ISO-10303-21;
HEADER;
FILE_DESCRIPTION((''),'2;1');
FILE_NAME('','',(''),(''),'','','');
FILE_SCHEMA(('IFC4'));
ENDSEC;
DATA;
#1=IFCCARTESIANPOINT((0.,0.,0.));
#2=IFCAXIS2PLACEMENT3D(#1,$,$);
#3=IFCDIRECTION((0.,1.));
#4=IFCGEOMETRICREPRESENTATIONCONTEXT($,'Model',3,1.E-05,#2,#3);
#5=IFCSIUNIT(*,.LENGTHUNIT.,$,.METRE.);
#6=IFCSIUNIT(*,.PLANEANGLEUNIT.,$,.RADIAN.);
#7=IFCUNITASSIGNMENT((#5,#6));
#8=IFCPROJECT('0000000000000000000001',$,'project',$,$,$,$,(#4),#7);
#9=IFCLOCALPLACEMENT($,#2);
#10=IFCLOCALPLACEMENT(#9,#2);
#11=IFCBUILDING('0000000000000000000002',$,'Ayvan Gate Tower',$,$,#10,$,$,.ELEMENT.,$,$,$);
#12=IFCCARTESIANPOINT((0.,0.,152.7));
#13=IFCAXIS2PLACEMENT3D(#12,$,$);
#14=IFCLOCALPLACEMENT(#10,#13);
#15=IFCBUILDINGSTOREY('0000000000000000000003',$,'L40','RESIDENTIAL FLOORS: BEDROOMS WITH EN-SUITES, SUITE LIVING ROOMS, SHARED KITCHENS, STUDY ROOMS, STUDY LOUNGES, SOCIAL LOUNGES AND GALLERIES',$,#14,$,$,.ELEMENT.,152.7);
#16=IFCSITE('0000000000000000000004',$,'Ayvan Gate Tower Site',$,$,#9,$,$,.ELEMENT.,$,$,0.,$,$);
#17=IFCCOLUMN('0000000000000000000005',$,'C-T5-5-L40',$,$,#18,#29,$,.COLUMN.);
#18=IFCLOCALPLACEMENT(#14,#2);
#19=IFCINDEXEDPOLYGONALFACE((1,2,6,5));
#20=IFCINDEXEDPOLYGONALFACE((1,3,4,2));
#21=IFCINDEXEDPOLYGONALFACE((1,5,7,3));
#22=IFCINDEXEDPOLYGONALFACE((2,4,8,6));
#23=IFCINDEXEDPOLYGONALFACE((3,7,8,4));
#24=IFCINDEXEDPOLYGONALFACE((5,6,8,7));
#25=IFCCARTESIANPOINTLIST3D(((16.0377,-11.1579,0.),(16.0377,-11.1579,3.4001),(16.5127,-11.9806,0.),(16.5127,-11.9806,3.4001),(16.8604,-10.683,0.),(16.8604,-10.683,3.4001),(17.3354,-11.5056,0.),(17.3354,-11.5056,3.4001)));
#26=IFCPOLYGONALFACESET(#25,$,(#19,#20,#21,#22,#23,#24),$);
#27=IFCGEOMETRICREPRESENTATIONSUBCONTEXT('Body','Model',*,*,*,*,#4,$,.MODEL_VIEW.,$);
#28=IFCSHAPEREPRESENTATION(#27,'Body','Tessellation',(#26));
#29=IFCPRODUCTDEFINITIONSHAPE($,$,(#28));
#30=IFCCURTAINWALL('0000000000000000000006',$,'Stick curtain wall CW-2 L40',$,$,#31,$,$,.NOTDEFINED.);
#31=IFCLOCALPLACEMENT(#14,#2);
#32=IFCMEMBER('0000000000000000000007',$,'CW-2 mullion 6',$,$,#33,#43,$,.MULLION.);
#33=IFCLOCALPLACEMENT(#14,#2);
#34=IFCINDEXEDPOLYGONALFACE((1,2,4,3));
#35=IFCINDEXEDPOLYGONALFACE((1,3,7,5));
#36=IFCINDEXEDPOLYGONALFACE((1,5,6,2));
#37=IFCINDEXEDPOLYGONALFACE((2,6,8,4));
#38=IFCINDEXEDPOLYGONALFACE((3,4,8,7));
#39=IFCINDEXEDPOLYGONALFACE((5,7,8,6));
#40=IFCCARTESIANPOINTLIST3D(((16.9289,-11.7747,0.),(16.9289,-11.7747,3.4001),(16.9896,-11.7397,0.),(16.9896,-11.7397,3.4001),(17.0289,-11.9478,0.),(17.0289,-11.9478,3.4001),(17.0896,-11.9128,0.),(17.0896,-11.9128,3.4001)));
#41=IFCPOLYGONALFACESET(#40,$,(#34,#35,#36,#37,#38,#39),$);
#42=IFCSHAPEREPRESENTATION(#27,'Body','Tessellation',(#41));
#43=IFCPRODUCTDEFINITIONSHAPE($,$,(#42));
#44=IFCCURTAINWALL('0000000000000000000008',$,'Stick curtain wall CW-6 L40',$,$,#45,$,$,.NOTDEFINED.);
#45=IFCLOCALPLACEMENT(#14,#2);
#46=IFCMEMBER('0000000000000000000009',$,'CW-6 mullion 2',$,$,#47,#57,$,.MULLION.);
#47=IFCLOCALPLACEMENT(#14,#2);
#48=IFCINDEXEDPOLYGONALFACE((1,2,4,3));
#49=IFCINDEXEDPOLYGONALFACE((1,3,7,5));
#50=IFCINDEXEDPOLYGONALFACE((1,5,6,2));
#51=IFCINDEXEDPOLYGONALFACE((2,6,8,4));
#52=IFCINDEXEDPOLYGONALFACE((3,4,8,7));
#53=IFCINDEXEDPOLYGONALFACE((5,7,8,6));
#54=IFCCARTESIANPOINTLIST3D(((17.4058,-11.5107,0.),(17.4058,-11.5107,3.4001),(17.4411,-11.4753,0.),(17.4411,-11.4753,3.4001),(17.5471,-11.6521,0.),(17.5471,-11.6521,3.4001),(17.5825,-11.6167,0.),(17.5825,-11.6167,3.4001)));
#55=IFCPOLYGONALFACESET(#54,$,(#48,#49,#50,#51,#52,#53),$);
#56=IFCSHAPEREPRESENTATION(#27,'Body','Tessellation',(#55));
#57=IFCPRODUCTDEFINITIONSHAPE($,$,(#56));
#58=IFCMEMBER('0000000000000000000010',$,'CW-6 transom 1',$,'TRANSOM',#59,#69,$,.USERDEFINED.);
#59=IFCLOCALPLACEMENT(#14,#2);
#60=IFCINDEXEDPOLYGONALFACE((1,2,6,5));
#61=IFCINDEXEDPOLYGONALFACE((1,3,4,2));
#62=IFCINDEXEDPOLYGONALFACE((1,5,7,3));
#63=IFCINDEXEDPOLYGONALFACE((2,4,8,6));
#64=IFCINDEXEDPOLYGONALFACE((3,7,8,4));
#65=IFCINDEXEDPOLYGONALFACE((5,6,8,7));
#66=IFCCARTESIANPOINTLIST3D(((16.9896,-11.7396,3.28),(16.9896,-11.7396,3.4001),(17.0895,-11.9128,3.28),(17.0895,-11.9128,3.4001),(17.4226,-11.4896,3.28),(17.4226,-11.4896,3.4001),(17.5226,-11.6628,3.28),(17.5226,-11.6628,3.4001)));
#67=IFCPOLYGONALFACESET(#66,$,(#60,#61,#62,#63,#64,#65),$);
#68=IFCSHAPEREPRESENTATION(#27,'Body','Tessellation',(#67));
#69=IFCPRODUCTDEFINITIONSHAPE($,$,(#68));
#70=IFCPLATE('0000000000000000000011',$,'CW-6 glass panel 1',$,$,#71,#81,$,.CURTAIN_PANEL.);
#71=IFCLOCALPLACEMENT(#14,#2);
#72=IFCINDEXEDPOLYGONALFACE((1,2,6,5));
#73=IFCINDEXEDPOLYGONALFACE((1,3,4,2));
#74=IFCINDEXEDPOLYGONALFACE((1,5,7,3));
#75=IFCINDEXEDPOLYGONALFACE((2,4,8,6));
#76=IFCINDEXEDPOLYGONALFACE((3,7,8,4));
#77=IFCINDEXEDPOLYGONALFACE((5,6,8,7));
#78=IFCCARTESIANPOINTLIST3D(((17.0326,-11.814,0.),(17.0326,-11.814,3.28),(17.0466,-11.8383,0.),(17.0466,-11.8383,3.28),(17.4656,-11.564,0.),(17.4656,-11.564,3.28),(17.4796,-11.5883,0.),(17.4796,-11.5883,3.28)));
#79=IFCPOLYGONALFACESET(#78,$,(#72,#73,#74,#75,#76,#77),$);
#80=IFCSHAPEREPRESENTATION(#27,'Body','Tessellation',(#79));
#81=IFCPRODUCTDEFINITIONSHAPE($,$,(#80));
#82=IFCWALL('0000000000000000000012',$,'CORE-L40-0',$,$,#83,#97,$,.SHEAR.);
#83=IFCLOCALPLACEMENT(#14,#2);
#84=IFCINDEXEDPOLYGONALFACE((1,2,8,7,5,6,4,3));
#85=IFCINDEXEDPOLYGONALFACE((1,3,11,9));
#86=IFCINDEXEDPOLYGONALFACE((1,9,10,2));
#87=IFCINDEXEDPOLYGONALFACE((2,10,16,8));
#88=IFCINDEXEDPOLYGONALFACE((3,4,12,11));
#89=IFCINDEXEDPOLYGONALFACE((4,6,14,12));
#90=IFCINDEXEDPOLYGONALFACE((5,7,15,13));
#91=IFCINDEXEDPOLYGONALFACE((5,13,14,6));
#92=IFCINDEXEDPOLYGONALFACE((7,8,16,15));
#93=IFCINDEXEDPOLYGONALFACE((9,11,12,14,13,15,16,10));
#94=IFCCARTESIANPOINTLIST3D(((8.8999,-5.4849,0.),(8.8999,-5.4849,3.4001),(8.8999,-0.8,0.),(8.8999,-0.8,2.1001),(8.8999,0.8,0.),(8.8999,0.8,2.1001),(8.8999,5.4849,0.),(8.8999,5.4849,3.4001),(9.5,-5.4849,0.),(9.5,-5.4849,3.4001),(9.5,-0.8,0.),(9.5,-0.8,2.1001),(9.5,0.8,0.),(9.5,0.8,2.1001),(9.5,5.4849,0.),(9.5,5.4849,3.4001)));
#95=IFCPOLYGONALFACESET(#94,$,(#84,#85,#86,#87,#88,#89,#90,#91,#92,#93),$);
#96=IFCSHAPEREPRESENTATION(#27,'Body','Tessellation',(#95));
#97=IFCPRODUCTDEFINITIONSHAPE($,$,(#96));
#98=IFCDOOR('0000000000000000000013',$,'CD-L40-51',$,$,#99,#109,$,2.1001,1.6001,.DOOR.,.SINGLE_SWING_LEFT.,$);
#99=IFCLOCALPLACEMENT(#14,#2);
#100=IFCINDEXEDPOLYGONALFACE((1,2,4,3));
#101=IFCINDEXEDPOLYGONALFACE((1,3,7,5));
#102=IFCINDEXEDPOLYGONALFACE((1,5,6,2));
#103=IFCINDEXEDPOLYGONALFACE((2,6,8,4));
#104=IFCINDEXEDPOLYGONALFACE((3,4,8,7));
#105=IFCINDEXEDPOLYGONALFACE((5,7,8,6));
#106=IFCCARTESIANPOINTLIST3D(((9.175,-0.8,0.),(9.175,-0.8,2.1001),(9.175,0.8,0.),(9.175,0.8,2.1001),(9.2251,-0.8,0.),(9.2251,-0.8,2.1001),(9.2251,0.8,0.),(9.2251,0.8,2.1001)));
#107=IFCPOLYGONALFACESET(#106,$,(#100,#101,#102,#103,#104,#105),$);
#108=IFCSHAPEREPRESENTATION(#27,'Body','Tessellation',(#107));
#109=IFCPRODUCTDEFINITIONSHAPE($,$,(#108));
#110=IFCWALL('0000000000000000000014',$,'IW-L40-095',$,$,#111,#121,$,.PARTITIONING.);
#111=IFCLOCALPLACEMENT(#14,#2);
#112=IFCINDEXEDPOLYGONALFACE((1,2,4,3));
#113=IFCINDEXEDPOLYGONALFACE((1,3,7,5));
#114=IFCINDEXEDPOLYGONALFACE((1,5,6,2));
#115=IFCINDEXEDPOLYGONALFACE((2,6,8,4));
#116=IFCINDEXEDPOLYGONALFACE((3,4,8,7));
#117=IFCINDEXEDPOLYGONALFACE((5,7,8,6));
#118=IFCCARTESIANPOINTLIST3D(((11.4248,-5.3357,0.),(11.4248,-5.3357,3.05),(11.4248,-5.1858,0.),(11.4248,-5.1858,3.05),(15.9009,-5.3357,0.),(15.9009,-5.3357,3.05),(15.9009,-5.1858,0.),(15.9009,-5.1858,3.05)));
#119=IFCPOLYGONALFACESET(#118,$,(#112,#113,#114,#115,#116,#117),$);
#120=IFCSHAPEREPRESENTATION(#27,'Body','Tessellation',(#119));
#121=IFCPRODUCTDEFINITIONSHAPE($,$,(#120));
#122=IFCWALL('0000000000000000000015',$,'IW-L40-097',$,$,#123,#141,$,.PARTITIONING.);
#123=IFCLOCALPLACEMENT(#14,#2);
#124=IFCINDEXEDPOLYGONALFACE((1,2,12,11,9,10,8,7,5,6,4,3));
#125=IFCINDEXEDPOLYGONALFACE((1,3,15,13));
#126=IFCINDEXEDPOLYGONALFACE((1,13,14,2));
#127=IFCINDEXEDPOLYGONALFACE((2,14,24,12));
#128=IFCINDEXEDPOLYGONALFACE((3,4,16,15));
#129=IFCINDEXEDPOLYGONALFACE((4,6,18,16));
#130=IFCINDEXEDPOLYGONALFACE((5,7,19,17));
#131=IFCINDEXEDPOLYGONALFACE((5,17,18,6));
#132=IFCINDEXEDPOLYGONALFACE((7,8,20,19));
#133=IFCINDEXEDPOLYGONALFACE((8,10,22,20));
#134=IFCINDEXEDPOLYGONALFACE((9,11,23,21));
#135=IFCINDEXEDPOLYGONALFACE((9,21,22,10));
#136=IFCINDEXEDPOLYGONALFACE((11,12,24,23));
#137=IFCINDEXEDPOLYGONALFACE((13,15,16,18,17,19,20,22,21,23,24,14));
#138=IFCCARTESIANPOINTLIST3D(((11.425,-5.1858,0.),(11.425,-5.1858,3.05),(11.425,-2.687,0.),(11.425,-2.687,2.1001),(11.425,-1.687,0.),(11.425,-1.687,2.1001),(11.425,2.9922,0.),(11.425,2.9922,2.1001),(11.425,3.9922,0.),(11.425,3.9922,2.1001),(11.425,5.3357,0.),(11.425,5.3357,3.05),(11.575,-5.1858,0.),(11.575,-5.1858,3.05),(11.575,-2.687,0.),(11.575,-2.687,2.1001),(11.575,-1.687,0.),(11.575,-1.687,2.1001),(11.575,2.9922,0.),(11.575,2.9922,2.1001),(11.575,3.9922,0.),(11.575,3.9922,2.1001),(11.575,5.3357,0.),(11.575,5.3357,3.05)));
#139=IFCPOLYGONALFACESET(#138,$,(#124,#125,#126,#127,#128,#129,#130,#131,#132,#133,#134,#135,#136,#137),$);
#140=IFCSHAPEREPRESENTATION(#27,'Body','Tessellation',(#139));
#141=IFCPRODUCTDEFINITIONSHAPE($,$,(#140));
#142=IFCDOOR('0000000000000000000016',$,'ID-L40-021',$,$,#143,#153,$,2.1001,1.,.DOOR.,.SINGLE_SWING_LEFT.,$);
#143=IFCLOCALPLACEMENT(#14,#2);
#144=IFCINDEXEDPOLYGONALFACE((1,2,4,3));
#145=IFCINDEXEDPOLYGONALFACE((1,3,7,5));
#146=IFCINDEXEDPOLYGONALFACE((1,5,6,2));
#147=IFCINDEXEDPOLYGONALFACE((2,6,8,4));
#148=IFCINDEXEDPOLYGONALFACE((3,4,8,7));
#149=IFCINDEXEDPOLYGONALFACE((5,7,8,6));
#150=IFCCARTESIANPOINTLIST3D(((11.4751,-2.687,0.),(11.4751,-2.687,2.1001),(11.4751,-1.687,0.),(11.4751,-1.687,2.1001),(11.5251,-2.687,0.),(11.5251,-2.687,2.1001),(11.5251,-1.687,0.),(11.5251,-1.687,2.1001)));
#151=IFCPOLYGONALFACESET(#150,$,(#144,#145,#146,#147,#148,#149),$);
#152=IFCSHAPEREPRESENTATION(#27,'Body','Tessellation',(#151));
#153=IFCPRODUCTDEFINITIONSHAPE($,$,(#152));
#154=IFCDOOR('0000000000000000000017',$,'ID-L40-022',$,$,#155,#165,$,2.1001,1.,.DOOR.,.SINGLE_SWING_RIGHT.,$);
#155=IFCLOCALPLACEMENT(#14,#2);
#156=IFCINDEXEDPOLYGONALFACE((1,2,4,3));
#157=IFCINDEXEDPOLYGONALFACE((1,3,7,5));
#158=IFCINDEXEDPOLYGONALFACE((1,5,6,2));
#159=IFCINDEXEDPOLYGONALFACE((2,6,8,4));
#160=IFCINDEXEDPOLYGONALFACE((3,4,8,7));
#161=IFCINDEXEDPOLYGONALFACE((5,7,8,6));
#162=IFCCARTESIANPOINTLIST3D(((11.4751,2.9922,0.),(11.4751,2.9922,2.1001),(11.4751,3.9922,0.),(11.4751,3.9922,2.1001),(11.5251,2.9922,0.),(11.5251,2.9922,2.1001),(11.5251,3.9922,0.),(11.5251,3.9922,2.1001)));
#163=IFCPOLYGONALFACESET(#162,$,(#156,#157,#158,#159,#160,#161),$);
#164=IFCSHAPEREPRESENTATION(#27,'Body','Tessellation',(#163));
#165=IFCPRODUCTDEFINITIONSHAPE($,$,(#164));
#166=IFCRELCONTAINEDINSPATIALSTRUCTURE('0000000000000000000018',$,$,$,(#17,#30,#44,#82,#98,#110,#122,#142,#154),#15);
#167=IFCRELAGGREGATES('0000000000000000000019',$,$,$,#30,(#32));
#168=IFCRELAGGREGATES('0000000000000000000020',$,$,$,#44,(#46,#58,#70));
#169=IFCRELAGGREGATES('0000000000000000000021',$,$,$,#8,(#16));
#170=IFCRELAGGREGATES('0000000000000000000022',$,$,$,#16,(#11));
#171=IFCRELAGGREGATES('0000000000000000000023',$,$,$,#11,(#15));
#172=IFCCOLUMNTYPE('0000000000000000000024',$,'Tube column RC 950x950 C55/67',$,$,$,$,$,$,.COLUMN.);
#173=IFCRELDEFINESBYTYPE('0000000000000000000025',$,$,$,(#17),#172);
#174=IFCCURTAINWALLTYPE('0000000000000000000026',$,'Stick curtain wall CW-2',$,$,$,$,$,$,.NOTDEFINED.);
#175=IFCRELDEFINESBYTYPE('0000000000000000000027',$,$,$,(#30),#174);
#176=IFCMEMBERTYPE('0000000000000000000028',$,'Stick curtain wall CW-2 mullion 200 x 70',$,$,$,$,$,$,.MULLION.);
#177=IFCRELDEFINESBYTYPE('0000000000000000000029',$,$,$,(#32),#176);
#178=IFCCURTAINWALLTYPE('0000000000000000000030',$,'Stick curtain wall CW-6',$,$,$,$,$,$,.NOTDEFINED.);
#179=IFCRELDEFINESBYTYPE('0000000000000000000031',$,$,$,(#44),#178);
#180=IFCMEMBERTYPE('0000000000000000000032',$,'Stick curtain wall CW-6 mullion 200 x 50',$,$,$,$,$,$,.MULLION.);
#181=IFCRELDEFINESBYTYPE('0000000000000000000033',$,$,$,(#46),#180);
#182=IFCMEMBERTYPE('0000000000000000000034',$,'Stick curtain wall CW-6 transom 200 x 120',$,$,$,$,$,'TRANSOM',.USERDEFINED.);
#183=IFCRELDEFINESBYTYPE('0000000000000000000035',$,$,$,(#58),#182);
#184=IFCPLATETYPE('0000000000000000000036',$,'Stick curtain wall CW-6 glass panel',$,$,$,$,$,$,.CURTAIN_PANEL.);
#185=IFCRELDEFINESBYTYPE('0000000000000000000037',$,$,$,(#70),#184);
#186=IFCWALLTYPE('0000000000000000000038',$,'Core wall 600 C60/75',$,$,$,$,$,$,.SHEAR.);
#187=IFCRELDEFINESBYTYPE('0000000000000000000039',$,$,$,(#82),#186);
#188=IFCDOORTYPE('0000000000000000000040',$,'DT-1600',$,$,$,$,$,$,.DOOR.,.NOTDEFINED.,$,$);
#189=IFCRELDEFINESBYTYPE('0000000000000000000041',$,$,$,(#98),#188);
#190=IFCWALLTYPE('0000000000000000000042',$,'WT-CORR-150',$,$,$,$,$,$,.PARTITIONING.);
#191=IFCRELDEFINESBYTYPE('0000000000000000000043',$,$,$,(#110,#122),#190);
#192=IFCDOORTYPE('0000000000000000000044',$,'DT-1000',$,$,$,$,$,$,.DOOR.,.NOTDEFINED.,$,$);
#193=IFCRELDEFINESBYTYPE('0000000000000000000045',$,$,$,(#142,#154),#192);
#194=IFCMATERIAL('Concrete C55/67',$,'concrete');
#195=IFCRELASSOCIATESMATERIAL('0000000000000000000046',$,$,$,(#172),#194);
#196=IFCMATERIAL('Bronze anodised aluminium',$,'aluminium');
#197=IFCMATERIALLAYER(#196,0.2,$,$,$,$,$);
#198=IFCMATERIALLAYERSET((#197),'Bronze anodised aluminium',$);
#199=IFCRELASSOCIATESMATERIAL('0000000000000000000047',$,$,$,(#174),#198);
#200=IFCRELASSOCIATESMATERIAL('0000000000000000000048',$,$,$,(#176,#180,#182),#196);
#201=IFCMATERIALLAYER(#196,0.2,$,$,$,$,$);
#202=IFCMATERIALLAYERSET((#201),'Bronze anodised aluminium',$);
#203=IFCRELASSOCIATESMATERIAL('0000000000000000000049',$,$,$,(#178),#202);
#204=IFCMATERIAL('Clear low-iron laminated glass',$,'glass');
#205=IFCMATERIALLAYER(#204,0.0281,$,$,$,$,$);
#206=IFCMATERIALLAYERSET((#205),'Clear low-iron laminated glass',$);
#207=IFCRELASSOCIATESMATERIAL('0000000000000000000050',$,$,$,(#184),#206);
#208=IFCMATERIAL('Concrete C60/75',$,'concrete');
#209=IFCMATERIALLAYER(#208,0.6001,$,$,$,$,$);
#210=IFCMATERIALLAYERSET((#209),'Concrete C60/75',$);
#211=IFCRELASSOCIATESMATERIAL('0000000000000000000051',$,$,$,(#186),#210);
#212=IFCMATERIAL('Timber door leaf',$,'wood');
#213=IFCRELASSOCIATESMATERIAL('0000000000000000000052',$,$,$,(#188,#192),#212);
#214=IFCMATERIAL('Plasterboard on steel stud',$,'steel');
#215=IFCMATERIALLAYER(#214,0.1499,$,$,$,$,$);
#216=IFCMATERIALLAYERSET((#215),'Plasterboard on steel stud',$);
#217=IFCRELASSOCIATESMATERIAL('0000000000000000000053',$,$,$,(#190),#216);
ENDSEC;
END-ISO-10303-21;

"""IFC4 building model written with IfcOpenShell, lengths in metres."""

from ifc_helpers import new_model, si_unit, direction, frame, frame_2d, origin, origin_2d, place, context, subcontext, project, spatial, rectangle, extrude, material, layer, layer_set, material_profile, profile_set, type_object, element, fill, aggregate, save


model = new_model("IFC4")

# Units and contexts
model_context = context("Model", 3, precision=1e-05, world=origin(), true_north=direction((0.0, 1.0)))
body_context = subcontext(model_context, "Body", "Model", "MODEL_VIEW")
ifc_project = project(units=[si_unit("LENGTHUNIT", "METRE"), si_unit("PLANEANGLEUNIT", "RADIAN")], contexts=[model_context])

# Site, building, storey
site_placement = place(None, origin())
site = spatial("IfcSite", under=ifc_project, at=site_placement, Name="Ayvan Gate Tower Site", CompositionType="ELEMENT", RefElevation=0.0)
building_placement = place(site_placement, origin())
building = spatial("IfcBuilding", under=site, at=building_placement, Name="Ayvan Gate Tower", CompositionType="ELEMENT")
storey_placement = place(building_placement, frame((0.0, 0.0, 152.7)))
storey = spatial("IfcBuildingStorey", under=building, at=storey_placement, Name="L40", Description="RESIDENTIAL FLOORS: BEDROOMS WITH EN-SUITES, SUITE LIVING ROOMS, SHARED KITCHENS, STUDY ROOMS, STUDY LOUNGES, SOCIAL LOUNGES AND GALLERIES", CompositionType="ELEMENT", Elevation=152.7)

# Column
ifc_material_1 = material(Name="Concrete C55/67", Category="concrete")
ifc_material_profile_1 = material_profile(ifc_material_1, rectangle(XDim=0.95, YDim=0.95, at=origin_2d()), Name="RC 950x950")
ifc_profile_set_1 = profile_set([ifc_material_profile_1], Name="Concrete C55/67")
column_type = type_object("IfcColumnType", Name="Tube column RC 950x950 C55/67", PredefinedType="COLUMN", material=ifc_profile_set_1)
column_placement = place(storey_placement, frame((16.6865, -11.3318, 0.0), z_axis=(0.0, 0.0, 1.0), x_axis=(0.5, -0.866025, 0.0)))
element("IfcColumn", 1, at=column_placement, inside=storey, type_object=column_type, Name="C-T5-5-L40", PredefinedType="COLUMN", context=body_context, shape_type="SweptSolid", body=[
    extrude(rectangle(XDim=0.95, YDim=0.95, at=origin_2d()), origin(), (0.0, 0.0, 1.0), 3.4001),
])

# Curtain wall, member
ifc_material_2 = material(Name="Bronze anodised aluminium", Category="aluminium")
ifc_layer_1 = layer(ifc_material_2, 0.2)
ifc_layer_set_1 = layer_set([ifc_layer_1], Name="Bronze anodised aluminium")
curtain_wall_type_1 = type_object("IfcCurtainWallType", Name="Stick curtain wall CW-2", PredefinedType="NOTDEFINED", material=ifc_layer_set_1)
curtain_wall_1_placement = place(storey_placement, origin())
curtain_wall_1 = element("IfcCurtainWall", 2, at=curtain_wall_1_placement, inside=storey, type_object=curtain_wall_type_1, Name="Stick curtain wall CW-2 L40", PredefinedType="NOTDEFINED")
ifc_material_profile_2 = material_profile(ifc_material_2, rectangle(XDim=0.2, YDim=0.0701, at=origin_2d()), Name="Stick curtain wall CW-2 mullion 200 x 70")
ifc_profile_set_2 = profile_set([ifc_material_profile_2], Name="Bronze anodised aluminium")
member_type_1 = type_object("IfcMemberType", Name="Stick curtain wall CW-2 mullion 200 x 70", PredefinedType="MULLION", material=ifc_profile_set_2)
member_1_placement = place(storey_placement, frame((17.0093, -11.8438, 0.0), z_axis=(0.0, 0.0, 1.0), x_axis=(0.5, -0.866025, 0.0)))
member_1 = element("IfcMember", 3, at=member_1_placement, type_object=member_type_1, Name="CW-2 mullion 6", PredefinedType="MULLION", context=body_context, shape_type="SweptSolid", body=[
    extrude(rectangle(XDim=0.2, YDim=0.0701, at=origin_2d()), origin(), (0.0, 0.0, 1.0), 3.4001),
])
aggregate(curtain_wall_1, [member_1])

# Curtain wall, members, plate
ifc_layer_2 = layer(ifc_material_2, 0.2)
ifc_layer_set_2 = layer_set([ifc_layer_2], Name="Bronze anodised aluminium")
curtain_wall_type_2 = type_object("IfcCurtainWallType", Name="Stick curtain wall CW-6", PredefinedType="NOTDEFINED", material=ifc_layer_set_2)
curtain_wall_2_placement = place(storey_placement, origin())
curtain_wall_2 = element("IfcCurtainWall", 4, at=curtain_wall_2_placement, inside=storey, type_object=curtain_wall_type_2, Name="Stick curtain wall CW-6 L40", PredefinedType="NOTDEFINED")
ifc_material_profile_3 = material_profile(ifc_material_2, rectangle(XDim=0.2, YDim=0.05, at=origin_2d()), Name="Stick curtain wall CW-6 mullion 200 x 50")
ifc_profile_set_3 = profile_set([ifc_material_profile_3], Name="Bronze anodised aluminium")
member_type_2 = type_object("IfcMemberType", Name="Stick curtain wall CW-6 mullion 200 x 50", PredefinedType="MULLION", material=ifc_profile_set_3)
member_2_placement = place(storey_placement, frame((17.4941, -11.5637, 0.0), z_axis=(0.0, 0.0, 1.0), x_axis=(0.707107, -0.707107, 0.0)))
member_2 = element("IfcMember", 5, at=member_2_placement, type_object=member_type_2, Name="CW-6 mullion 2", PredefinedType="MULLION", context=body_context, shape_type="SweptSolid", body=[
    extrude(rectangle(XDim=0.2, YDim=0.05, at=origin_2d()), origin(), (0.0, 0.0, 1.0), 3.4001),
])
ifc_material_profile_4 = material_profile(ifc_material_2, rectangle(XDim=0.2, YDim=0.1201, at=origin_2d()), Name="Stick curtain wall CW-6 transom 200 x 120")
ifc_profile_set_4 = profile_set([ifc_material_profile_4], Name="Bronze anodised aluminium")
member_type_3 = type_object("IfcMemberType", Name="Stick curtain wall CW-6 transom 200 x 120", ElementType="TRANSOM", PredefinedType="USERDEFINED", material=ifc_profile_set_4)
member_3_placement = place(storey_placement, frame((17.0396, -11.8262, 3.3401), z_axis=(0.866072, 0.49992, 0.0), x_axis=(-0.49992, 0.866072, 0.0)))
member_3 = element("IfcMember", 6, at=member_3_placement, type_object=member_type_3, Name="CW-6 transom 1", ObjectType="TRANSOM", PredefinedType="USERDEFINED", context=body_context, shape_type="SweptSolid", body=[
    extrude(rectangle(XDim=0.2, YDim=0.1201, at=origin_2d()), origin(), (0.0, 0.0, 1.0), 0.5),
])
ifc_material_3 = material(Name="Clear low-iron laminated glass", Category="glass")
ifc_layer_3 = layer(ifc_material_3, 0.0281)
ifc_layer_set_3 = layer_set([ifc_layer_3], Name="Clear low-iron laminated glass")
plate_type = type_object("IfcPlateType", Name="Stick curtain wall CW-6 glass panel", PredefinedType="CURTAIN_PANEL", material=ifc_layer_set_3)
plate_placement = place(storey_placement, frame((17.2561, -11.7012, 0.0), z_axis=(0.0, 0.0, 1.0), x_axis=(0.866025, 0.5, 0.0)))
plate = element("IfcPlate", 7, at=plate_placement, type_object=plate_type, Name="CW-6 glass panel 1", PredefinedType="CURTAIN_PANEL", context=body_context, shape_type="SweptSolid", body=[
    extrude(rectangle(XDim=0.5, YDim=0.0281, at=origin_2d()), origin(), (0.0, 0.0, 1.0), 3.28),
])
aggregate(curtain_wall_2, [member_2, member_3, plate])

# Wall, opening, door
ifc_material_4 = material(Name="Concrete C60/75", Category="concrete")
ifc_layer_4 = layer(ifc_material_4, 0.6001)
ifc_layer_set_4 = layer_set([ifc_layer_4], Name="Concrete C60/75")
wall_type_1 = type_object("IfcWallType", Name="Core wall 600 C60/75", PredefinedType="SHEAR", material=ifc_layer_set_4)
wall_1_placement = place(storey_placement, frame((9.2, -5.4849, 0.0), z_axis=(0.0, 0.0, 1.0), x_axis=(0.0, 1.0, 0.0)))
wall_1 = element("IfcWall", 8, at=wall_1_placement, inside=storey, type_object=wall_type_1, Name="CORE-L40-0", PredefinedType="SHEAR", context=body_context, shape_type="SweptSolid", body=[
    extrude(rectangle(XDim=10.9697, YDim=0.6001, at=frame_2d((5.4849, 0.0))), origin(), (0.0, 0.0, 1.0), 3.4001),
])
opening_1_placement = place(wall_1_placement, frame((4.6848, 0.0, 0.0)))
opening_1 = element("IfcOpeningElement", 9, at=opening_1_placement, cuts=wall_1, PredefinedType="OPENING", context=body_context, shape_type="SweptSolid", body=[
    extrude(rectangle(XDim=1.6001, YDim=2.1001, at=frame_2d((0.8, 1.05))), frame((0.0, 0.3101, 0.0), z_axis=(0.0, -1.0, 0.0), x_axis=(1.0, 0.0, 0.0)), (0.0, 0.0, 1.0), 0.6201),
])
ifc_material_5 = material(Name="Timber door leaf", Category="wood")
door_type_1 = type_object("IfcDoorType", Name="DT-1600", OperationType="NOTDEFINED", PredefinedType="DOOR", material=ifc_material_5)
door_1_placement = place(opening_1_placement, origin())
door_1 = element("IfcDoor", 10, at=door_1_placement, inside=storey, type_object=door_type_1, Name="CD-L40-51", OperationType="SINGLE_SWING_LEFT", OverallHeight=2.1001, OverallWidth=1.6001, PredefinedType="DOOR", context=body_context, shape_type="SweptSolid", body=[
    extrude(rectangle(XDim=1.6001, YDim=2.1001, at=frame_2d((0.8, 1.05))), frame((0.0, 0.0249, 0.0), z_axis=(0.0, -1.0, 0.0), x_axis=(1.0, 0.0, 0.0)), (0.0, 0.0, 1.0), 0.05),
])
fill(opening_1, door_1)

# Wall
ifc_material_6 = material(Name="Plasterboard on steel stud", Category="steel")
ifc_layer_5 = layer(ifc_material_6, 0.1499)
ifc_layer_set_5 = layer_set([ifc_layer_5], Name="Plasterboard on steel stud")
wall_type_2 = type_object("IfcWallType", Name="WT-CORR-150", PredefinedType="PARTITIONING", material=ifc_layer_set_5)
wall_2_placement = place(storey_placement, frame((11.4248, -5.2607, 0.0), z_axis=(0.0, 0.0, 1.0), x_axis=(1.0, 0.0, 0.0)))
element("IfcWall", 11, at=wall_2_placement, inside=storey, type_object=wall_type_2, Name="IW-L40-095", PredefinedType="PARTITIONING", context=body_context, shape_type="SweptSolid", body=[
    extrude(rectangle(XDim=4.4761, YDim=0.1499, at=frame_2d((2.238, 0.0))), origin(), (0.0, 0.0, 1.0), 3.05),
])

# Wall, openings, doors
wall_3_placement = place(storey_placement, frame((11.5, -5.1858, 0.0), z_axis=(0.0, 0.0, 1.0), x_axis=(0.0, 1.0, 0.0)))
wall_3 = element("IfcWall", 12, at=wall_3_placement, inside=storey, type_object=wall_type_2, Name="IW-L40-097", PredefinedType="PARTITIONING", context=body_context, shape_type="SweptSolid", body=[
    extrude(rectangle(XDim=10.5215, YDim=0.1499, at=frame_2d((5.2607, 0.0))), origin(), (0.0, 0.0, 1.0), 3.05),
])
opening_2_placement = place(wall_3_placement, frame((2.4988, 0.0, 0.0)))
opening_2 = element("IfcOpeningElement", 13, at=opening_2_placement, cuts=wall_3, PredefinedType="OPENING", context=body_context, shape_type="SweptSolid", body=[
    extrude(rectangle(XDim=1.0, YDim=2.1001, at=frame_2d((0.5, 1.05))), frame((0.0, 0.085, 0.0), z_axis=(0.0, -1.0, 0.0), x_axis=(1.0, 0.0, 0.0)), (0.0, 0.0, 1.0), 0.1699),
])
opening_3_placement = place(wall_3_placement, frame((8.178, 0.0, 0.0)))
opening_3 = element("IfcOpeningElement", 14, at=opening_3_placement, cuts=wall_3, PredefinedType="OPENING", context=body_context, shape_type="SweptSolid", body=[
    extrude(rectangle(XDim=1.0, YDim=2.1001, at=frame_2d((0.5, 1.05))), frame((0.0, 0.085, 0.0), z_axis=(0.0, -1.0, 0.0), x_axis=(1.0, 0.0, 0.0)), (0.0, 0.0, 1.0), 0.1699),
])
door_type_2 = type_object("IfcDoorType", Name="DT-1000", OperationType="NOTDEFINED", PredefinedType="DOOR", material=ifc_material_5)
door_2_placement = place(opening_2_placement, origin())
door_2 = element("IfcDoor", 15, at=door_2_placement, inside=storey, type_object=door_type_2, Name="ID-L40-021", OperationType="SINGLE_SWING_LEFT", OverallHeight=2.1001, OverallWidth=1.0, PredefinedType="DOOR", context=body_context, shape_type="SweptSolid", body=[
    extrude(rectangle(XDim=1.0, YDim=2.1001, at=frame_2d((0.5, 1.05))), frame((0.0, 0.0249, 0.0), z_axis=(0.0, -1.0, 0.0), x_axis=(1.0, 0.0, 0.0)), (0.0, 0.0, 1.0), 0.05),
])
fill(opening_2, door_2)
door_3_placement = place(opening_3_placement, origin())
door_3 = element("IfcDoor", 16, at=door_3_placement, inside=storey, type_object=door_type_2, Name="ID-L40-022", OperationType="SINGLE_SWING_RIGHT", OverallHeight=2.1001, OverallWidth=1.0, PredefinedType="DOOR", context=body_context, shape_type="SweptSolid", body=[
    extrude(rectangle(XDim=1.0, YDim=2.1001, at=frame_2d((0.5, 1.05))), frame((0.0, 0.0249, 0.0), z_axis=(0.0, -1.0, 0.0), x_axis=(1.0, 0.0, 0.0)), (0.0, 0.0, 1.0), 0.05),
])
fill(opening_3, door_3)

save(model, "model.ifc")
